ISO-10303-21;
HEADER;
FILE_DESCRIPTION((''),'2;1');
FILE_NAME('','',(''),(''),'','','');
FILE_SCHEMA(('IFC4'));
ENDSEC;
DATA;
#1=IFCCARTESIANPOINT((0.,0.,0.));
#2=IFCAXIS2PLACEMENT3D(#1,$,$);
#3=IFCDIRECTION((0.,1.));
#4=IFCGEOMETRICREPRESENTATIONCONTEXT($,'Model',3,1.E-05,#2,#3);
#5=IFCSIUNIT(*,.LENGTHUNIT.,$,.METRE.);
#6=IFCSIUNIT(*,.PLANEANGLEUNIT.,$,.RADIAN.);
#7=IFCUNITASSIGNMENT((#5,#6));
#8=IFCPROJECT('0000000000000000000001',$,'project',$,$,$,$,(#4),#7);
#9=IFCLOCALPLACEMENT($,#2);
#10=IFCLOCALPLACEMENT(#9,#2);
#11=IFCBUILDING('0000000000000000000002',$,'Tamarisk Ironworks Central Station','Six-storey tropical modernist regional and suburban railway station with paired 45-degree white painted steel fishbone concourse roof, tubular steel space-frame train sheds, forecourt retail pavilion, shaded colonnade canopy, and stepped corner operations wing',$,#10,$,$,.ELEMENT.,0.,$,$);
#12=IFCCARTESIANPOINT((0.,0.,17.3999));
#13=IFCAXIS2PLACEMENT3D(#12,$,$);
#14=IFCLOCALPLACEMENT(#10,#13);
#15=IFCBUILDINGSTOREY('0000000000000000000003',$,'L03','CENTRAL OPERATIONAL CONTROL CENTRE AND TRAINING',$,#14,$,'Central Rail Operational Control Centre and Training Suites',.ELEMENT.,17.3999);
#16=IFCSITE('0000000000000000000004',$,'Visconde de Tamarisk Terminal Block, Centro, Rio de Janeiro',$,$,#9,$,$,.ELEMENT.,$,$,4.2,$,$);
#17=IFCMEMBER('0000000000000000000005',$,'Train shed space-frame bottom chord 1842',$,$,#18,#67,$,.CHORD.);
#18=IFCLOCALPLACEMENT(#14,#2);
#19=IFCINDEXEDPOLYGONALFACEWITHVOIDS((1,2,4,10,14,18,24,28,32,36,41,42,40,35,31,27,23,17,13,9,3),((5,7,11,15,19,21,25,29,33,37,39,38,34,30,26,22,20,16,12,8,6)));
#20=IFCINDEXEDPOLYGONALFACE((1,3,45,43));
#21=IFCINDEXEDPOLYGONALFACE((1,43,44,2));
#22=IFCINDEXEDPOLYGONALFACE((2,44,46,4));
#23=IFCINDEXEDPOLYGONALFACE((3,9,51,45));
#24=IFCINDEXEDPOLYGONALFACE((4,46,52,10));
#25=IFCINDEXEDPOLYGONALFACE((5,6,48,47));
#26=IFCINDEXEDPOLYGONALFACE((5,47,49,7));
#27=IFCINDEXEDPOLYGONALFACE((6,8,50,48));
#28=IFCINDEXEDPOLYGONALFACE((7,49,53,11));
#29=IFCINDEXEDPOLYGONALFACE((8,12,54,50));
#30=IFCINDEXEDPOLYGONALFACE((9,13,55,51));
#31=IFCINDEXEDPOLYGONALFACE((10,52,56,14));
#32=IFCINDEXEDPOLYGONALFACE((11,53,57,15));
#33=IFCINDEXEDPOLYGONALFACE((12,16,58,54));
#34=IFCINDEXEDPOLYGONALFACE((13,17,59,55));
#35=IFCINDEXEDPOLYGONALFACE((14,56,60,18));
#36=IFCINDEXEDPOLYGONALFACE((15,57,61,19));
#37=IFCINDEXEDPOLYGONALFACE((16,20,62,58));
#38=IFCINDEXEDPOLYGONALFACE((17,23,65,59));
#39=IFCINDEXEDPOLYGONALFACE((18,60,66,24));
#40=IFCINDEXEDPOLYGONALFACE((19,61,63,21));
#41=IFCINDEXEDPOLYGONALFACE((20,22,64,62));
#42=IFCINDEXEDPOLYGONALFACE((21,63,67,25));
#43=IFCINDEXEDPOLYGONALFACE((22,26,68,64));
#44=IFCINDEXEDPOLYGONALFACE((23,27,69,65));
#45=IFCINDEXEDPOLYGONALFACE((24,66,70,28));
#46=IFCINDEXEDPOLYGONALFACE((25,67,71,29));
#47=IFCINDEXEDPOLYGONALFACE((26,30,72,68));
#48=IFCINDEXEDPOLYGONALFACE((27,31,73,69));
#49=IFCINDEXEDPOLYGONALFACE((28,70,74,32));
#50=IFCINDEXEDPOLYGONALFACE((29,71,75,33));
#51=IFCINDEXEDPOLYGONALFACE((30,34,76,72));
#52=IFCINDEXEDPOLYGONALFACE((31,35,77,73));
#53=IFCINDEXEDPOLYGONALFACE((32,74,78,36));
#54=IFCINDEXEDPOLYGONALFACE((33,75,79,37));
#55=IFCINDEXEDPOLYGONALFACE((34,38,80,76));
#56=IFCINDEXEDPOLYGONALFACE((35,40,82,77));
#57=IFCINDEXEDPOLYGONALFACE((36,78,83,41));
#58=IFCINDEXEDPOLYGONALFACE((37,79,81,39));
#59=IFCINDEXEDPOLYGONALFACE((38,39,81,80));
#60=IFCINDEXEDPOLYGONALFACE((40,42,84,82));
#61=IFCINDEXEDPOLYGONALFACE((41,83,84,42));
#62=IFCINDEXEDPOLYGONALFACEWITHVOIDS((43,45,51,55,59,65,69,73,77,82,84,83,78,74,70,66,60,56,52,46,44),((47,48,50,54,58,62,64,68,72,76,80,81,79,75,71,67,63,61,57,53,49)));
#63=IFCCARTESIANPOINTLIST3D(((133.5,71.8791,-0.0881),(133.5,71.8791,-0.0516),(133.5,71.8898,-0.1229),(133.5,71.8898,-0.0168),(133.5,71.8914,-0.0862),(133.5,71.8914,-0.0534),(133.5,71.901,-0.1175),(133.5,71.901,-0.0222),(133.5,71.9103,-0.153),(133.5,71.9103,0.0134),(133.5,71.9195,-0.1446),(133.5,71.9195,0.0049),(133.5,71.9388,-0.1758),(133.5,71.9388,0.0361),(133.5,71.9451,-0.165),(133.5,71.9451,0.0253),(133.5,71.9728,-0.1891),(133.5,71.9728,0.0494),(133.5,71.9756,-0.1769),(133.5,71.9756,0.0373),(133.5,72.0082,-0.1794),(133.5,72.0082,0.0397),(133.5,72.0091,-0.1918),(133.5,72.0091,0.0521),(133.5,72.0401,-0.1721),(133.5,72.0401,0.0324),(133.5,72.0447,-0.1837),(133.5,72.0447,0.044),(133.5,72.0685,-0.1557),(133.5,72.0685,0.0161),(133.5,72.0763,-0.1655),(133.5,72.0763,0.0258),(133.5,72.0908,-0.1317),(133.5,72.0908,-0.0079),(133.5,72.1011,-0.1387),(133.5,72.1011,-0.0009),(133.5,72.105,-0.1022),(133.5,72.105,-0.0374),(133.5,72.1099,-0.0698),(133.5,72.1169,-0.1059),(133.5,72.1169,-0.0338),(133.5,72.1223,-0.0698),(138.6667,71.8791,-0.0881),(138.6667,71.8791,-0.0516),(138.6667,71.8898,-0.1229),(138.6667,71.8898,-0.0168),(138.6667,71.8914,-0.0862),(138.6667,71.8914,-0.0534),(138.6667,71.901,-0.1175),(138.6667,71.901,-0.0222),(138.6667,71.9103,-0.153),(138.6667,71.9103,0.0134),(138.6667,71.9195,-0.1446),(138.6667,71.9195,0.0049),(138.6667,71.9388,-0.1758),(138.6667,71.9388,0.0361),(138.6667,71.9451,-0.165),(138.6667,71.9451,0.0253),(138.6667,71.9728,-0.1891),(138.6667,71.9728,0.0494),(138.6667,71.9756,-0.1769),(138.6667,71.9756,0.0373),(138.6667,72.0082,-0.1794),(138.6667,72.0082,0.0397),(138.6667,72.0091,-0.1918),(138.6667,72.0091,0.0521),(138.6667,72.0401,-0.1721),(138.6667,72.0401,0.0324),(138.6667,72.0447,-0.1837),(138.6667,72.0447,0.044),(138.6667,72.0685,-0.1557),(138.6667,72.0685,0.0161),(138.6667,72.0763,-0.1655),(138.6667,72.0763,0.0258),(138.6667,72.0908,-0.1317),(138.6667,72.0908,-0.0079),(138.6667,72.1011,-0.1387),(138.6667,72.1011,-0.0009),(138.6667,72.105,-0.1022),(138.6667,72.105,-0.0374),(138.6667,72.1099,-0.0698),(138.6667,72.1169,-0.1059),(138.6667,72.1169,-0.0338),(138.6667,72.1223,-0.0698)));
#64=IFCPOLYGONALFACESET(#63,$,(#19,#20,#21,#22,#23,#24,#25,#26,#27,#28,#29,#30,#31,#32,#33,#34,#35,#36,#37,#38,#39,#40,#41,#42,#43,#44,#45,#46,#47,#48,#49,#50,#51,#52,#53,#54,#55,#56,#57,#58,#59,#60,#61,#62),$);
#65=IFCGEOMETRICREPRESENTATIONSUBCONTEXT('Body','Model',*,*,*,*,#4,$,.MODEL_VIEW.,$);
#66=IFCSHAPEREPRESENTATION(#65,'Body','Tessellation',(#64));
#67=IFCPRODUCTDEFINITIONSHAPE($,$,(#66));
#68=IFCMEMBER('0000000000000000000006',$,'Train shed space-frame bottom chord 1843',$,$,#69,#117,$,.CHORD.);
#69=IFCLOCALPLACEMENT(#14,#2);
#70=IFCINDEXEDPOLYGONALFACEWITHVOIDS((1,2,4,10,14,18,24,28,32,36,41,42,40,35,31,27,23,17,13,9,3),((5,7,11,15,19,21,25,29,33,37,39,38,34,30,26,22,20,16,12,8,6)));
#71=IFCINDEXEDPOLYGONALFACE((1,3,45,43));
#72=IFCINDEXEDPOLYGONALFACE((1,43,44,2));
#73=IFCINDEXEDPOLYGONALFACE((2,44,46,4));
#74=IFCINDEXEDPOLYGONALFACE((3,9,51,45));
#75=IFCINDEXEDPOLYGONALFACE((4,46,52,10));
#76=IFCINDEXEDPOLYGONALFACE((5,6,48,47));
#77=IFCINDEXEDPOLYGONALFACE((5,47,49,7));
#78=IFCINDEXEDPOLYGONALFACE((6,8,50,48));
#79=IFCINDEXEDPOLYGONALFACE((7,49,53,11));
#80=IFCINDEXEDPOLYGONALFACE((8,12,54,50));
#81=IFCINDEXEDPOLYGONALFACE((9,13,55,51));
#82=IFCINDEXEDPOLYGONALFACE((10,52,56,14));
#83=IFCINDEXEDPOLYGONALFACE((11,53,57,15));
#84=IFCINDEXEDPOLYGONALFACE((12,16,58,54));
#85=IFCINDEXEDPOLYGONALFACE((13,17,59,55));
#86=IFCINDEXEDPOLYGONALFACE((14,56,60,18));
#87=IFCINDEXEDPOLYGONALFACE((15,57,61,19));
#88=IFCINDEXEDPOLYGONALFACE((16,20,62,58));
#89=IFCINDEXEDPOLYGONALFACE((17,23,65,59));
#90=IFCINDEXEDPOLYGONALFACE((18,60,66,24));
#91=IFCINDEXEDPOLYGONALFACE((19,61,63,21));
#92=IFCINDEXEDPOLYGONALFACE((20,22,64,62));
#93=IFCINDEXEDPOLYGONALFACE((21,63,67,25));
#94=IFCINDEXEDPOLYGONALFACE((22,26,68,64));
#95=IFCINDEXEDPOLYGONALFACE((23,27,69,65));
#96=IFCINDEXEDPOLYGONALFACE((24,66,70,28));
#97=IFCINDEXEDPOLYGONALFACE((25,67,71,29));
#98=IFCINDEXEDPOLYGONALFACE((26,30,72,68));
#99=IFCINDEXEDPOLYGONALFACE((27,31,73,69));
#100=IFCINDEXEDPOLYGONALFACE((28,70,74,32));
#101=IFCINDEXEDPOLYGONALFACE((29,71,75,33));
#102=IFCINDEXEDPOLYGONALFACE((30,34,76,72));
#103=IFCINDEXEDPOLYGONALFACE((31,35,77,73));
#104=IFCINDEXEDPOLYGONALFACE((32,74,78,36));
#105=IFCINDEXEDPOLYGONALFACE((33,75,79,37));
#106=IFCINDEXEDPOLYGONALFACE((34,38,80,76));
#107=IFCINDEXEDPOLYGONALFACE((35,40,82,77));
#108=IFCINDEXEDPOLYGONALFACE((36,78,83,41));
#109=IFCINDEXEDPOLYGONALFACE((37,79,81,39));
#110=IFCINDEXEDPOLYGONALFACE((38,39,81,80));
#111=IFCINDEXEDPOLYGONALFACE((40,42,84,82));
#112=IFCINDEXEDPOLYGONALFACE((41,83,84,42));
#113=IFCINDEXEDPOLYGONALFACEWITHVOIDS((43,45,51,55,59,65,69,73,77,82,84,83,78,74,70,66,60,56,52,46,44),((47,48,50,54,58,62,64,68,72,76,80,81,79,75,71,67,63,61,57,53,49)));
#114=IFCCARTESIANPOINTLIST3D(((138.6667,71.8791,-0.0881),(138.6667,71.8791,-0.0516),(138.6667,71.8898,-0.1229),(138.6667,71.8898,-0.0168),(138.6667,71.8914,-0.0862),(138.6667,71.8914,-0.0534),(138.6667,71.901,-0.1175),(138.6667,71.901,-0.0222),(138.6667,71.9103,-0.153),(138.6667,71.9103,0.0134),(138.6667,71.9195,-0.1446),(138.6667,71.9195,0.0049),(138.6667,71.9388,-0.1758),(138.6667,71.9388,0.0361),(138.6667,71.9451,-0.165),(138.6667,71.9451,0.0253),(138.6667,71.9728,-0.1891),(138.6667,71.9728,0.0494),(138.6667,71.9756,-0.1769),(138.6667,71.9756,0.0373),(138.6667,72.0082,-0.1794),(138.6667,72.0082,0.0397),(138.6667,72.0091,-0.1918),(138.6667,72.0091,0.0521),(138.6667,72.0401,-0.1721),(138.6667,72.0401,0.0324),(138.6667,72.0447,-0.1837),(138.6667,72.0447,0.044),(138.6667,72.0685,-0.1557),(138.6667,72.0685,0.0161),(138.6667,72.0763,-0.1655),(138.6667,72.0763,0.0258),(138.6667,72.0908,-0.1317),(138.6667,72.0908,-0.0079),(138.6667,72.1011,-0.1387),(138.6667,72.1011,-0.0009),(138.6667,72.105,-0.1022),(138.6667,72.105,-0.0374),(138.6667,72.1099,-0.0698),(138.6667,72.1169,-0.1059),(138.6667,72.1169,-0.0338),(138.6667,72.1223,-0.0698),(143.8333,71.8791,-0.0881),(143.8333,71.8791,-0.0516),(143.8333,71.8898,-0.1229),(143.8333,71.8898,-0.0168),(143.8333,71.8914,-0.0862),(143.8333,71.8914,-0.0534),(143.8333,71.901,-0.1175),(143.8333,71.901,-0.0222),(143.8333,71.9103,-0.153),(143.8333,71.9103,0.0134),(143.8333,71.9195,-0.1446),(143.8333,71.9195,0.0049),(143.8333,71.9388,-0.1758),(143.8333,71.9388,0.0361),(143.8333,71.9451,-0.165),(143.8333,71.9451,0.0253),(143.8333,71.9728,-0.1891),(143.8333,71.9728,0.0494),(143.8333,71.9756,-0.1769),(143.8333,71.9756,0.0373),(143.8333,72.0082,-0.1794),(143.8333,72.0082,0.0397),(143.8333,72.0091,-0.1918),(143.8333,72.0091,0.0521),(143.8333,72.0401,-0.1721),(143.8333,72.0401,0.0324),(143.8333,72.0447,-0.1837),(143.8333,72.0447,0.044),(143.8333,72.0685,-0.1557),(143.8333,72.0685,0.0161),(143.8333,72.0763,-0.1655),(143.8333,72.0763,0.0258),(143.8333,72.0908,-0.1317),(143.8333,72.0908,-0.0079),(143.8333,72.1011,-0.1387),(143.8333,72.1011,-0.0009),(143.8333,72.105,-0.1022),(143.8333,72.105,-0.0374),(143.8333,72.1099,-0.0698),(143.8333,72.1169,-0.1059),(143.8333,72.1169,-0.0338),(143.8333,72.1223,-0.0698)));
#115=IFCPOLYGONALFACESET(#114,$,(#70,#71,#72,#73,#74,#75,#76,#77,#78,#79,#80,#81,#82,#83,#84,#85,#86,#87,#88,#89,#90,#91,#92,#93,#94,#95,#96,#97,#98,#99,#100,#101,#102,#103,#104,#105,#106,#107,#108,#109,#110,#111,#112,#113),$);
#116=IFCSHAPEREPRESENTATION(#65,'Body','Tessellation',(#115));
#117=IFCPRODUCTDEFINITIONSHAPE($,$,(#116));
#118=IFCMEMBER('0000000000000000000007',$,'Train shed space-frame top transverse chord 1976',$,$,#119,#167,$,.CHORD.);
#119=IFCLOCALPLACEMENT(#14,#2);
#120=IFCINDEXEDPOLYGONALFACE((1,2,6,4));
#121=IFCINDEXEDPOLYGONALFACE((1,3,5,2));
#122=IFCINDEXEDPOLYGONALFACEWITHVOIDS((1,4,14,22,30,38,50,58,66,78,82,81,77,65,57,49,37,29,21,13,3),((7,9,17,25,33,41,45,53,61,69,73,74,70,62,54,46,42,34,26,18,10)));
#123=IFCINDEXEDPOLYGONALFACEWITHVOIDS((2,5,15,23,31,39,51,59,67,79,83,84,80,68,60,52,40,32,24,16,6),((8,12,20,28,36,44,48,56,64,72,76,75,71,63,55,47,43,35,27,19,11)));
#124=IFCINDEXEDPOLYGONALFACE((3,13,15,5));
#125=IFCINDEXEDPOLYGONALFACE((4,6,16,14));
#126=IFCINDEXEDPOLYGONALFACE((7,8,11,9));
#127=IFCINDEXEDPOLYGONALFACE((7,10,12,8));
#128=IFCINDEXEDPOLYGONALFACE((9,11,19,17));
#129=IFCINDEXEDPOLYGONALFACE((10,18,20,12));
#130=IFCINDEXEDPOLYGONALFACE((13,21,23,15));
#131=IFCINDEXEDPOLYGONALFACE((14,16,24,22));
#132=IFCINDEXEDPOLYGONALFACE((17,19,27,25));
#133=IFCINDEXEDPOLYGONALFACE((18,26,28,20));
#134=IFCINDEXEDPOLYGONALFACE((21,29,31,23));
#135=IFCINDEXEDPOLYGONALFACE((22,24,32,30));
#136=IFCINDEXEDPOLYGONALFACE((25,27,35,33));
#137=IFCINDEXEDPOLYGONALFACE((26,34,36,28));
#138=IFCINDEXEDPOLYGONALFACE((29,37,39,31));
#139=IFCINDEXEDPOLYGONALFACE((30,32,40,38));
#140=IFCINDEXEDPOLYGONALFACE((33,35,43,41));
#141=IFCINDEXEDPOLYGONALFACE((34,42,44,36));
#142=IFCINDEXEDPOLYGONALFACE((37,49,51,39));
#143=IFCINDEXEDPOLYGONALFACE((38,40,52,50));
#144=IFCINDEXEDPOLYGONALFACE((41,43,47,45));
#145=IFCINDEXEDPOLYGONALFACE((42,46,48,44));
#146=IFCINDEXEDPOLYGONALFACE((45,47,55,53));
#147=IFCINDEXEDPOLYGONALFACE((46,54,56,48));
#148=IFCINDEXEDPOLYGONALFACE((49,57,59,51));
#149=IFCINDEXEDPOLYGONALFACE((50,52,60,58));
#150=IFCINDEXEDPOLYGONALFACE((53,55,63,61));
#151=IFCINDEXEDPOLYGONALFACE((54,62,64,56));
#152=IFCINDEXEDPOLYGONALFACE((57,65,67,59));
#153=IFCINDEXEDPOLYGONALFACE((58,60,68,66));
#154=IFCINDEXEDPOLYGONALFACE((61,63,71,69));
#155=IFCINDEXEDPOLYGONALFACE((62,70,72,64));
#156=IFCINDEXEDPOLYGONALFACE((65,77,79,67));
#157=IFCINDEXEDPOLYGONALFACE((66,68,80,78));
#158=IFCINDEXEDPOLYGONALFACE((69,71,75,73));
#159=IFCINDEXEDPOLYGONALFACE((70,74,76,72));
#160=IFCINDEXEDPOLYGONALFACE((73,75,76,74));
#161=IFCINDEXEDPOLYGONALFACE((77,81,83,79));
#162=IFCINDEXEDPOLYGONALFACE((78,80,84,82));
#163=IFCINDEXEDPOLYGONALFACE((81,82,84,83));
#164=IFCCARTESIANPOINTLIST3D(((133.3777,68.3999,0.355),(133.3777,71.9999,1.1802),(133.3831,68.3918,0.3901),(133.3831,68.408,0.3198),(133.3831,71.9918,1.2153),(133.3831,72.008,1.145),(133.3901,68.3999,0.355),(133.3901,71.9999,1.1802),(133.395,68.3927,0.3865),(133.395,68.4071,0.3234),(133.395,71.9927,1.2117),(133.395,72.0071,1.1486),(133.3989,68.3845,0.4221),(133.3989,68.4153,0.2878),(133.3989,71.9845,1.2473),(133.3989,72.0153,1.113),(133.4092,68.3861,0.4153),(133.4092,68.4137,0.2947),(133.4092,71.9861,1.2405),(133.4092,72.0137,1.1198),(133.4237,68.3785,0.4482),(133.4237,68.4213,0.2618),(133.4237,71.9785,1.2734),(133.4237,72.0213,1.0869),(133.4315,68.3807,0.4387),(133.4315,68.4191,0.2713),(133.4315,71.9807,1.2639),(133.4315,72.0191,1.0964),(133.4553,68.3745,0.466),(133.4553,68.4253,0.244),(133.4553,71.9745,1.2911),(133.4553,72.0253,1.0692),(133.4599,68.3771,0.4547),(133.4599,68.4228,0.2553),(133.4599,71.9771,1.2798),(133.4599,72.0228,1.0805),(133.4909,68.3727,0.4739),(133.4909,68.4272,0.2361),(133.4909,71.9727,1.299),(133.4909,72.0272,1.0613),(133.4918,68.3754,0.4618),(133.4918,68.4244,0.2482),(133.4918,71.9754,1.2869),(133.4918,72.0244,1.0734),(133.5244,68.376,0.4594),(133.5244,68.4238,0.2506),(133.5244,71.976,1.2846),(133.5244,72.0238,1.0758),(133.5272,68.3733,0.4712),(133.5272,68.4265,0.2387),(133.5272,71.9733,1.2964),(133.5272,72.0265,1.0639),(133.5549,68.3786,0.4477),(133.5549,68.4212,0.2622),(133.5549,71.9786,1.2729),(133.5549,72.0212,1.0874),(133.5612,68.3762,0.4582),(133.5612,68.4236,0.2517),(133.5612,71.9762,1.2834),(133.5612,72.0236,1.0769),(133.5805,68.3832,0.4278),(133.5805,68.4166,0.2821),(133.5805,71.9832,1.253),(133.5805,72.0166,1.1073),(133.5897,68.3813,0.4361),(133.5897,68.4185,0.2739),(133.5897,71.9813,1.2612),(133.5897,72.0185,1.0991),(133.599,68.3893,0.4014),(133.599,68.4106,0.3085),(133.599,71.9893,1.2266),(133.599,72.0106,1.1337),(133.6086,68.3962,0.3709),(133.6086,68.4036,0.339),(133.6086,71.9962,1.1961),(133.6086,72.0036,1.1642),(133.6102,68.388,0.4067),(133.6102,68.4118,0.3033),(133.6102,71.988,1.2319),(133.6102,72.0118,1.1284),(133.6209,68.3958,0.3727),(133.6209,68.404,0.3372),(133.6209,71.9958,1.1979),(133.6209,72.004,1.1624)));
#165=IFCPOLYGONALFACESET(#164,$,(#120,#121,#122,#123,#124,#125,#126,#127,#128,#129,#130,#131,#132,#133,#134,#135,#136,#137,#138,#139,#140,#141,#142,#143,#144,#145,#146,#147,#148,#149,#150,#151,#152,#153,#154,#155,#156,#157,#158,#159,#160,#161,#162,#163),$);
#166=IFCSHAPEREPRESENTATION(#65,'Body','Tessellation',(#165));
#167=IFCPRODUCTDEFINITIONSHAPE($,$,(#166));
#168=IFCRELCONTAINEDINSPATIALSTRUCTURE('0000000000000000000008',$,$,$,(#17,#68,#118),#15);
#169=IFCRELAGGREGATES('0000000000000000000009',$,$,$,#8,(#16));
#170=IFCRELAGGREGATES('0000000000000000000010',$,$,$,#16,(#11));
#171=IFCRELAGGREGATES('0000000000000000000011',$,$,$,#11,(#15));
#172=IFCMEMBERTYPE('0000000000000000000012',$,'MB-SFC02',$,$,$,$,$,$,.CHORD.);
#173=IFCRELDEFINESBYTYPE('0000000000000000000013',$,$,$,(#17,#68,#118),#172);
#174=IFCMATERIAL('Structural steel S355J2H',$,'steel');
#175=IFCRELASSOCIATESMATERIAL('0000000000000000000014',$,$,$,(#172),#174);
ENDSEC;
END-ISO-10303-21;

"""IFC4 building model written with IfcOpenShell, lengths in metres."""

from ifc_helpers import new_model, si_unit, direction, frame, origin, origin_2d, place, context, subcontext, project, spatial, hollow_circle, extrude, material, material_profile, profile_set, type_object, element, save


model = new_model("IFC4")

# Units and contexts
model_context = context("Model", 3, precision=1e-05, world=origin(), true_north=direction((0.0, 1.0)))
body_context = subcontext(model_context, "Body", "Model", "MODEL_VIEW")
ifc_project = project(units=[si_unit("LENGTHUNIT", "METRE"), si_unit("PLANEANGLEUNIT", "RADIAN")], contexts=[model_context])

# Site, building, storey
site_placement = place(None, origin())
site = spatial("IfcSite", under=ifc_project, at=site_placement, Name="Visconde de Tamarisk Terminal Block, Centro, Rio de Janeiro", CompositionType="ELEMENT", RefElevation=4.2)
building_placement = place(site_placement, origin())
building = spatial("IfcBuilding", under=site, at=building_placement, Name="Tamarisk Ironworks Central Station", Description="Six-storey tropical modernist regional and suburban railway station with paired 45-degree white painted steel fishbone concourse roof, tubular steel space-frame train sheds, forecourt retail pavilion, shaded colonnade canopy, and stepped corner operations wing", CompositionType="ELEMENT", ElevationOfRefHeight=0.0)
storey_placement = place(building_placement, frame((0.0, 0.0, 17.3999)))
storey = spatial("IfcBuildingStorey", under=building, at=storey_placement, Name="L03", Description="CENTRAL OPERATIONAL CONTROL CENTRE AND TRAINING", LongName="Central Rail Operational Control Centre and Training Suites", CompositionType="ELEMENT", Elevation=17.3999)

# Members
ifc_material = material(Name="Structural steel S355J2H", Category="steel")
ifc_material_profile_1 = material_profile(ifc_material, hollow_circle(Radius=0.1223, WallThickness=0.0125, at=origin_2d()), Name="CHS 244.5x12.5")
ifc_profile_set_1 = profile_set([ifc_material_profile_1], Name="Structural steel S355J2H")
member_type_1 = type_object("IfcMemberType", Name="MB-SFC02", PredefinedType="CHORD", material=ifc_profile_set_1)
member_1_placement = place(storey_placement, frame((133.5, 72.0, -0.0698), z_axis=(1.0, 0.0, 0.0), x_axis=(0.0, 1.0, 0.0)))
element("IfcMember", 1, at=member_1_placement, inside=storey, type_object=member_type_1, Name="Train shed space-frame bottom chord 1842", PredefinedType="CHORD", context=body_context, shape_type="SweptSolid", body=[
    extrude(hollow_circle(Radius=0.1223, WallThickness=0.0125, at=origin_2d()), origin(), (0.0, 0.0, 1.0), 5.1667),
])
member_2_placement = place(storey_placement, frame((138.6667, 72.0, -0.0698), z_axis=(1.0, 0.0, 0.0), x_axis=(0.0, 1.0, 0.0)))
element("IfcMember", 2, at=member_2_placement, inside=storey, type_object=member_type_1, Name="Train shed space-frame bottom chord 1843", PredefinedType="CHORD", context=body_context, shape_type="SweptSolid", body=[
    extrude(hollow_circle(Radius=0.1223, WallThickness=0.0125, at=origin_2d()), origin(), (0.0, 0.0, 1.0), 5.1665),
])
for number, where, z_axis, x_axis, name in (
    (3, (133.5, 68.3999, 0.355), (0.0, 0.974722, 0.223421), (-1.0, 0.0, 0.0), "Train shed space-frame top transverse chord 1976"),
):
    element("IfcMember", number, at=place(storey_placement, frame(where, z_axis=z_axis, x_axis=x_axis)), inside=storey, type_object=member_type_1, Name=name, PredefinedType="CHORD", context=body_context, shape_type="SweptSolid", body=[
        extrude(hollow_circle(Radius=0.1223, WallThickness=0.0125, at=origin_2d()), origin(), (0.0, 0.0, 1.0), 3.6934),
    ])

save(model, "model.ifc")
